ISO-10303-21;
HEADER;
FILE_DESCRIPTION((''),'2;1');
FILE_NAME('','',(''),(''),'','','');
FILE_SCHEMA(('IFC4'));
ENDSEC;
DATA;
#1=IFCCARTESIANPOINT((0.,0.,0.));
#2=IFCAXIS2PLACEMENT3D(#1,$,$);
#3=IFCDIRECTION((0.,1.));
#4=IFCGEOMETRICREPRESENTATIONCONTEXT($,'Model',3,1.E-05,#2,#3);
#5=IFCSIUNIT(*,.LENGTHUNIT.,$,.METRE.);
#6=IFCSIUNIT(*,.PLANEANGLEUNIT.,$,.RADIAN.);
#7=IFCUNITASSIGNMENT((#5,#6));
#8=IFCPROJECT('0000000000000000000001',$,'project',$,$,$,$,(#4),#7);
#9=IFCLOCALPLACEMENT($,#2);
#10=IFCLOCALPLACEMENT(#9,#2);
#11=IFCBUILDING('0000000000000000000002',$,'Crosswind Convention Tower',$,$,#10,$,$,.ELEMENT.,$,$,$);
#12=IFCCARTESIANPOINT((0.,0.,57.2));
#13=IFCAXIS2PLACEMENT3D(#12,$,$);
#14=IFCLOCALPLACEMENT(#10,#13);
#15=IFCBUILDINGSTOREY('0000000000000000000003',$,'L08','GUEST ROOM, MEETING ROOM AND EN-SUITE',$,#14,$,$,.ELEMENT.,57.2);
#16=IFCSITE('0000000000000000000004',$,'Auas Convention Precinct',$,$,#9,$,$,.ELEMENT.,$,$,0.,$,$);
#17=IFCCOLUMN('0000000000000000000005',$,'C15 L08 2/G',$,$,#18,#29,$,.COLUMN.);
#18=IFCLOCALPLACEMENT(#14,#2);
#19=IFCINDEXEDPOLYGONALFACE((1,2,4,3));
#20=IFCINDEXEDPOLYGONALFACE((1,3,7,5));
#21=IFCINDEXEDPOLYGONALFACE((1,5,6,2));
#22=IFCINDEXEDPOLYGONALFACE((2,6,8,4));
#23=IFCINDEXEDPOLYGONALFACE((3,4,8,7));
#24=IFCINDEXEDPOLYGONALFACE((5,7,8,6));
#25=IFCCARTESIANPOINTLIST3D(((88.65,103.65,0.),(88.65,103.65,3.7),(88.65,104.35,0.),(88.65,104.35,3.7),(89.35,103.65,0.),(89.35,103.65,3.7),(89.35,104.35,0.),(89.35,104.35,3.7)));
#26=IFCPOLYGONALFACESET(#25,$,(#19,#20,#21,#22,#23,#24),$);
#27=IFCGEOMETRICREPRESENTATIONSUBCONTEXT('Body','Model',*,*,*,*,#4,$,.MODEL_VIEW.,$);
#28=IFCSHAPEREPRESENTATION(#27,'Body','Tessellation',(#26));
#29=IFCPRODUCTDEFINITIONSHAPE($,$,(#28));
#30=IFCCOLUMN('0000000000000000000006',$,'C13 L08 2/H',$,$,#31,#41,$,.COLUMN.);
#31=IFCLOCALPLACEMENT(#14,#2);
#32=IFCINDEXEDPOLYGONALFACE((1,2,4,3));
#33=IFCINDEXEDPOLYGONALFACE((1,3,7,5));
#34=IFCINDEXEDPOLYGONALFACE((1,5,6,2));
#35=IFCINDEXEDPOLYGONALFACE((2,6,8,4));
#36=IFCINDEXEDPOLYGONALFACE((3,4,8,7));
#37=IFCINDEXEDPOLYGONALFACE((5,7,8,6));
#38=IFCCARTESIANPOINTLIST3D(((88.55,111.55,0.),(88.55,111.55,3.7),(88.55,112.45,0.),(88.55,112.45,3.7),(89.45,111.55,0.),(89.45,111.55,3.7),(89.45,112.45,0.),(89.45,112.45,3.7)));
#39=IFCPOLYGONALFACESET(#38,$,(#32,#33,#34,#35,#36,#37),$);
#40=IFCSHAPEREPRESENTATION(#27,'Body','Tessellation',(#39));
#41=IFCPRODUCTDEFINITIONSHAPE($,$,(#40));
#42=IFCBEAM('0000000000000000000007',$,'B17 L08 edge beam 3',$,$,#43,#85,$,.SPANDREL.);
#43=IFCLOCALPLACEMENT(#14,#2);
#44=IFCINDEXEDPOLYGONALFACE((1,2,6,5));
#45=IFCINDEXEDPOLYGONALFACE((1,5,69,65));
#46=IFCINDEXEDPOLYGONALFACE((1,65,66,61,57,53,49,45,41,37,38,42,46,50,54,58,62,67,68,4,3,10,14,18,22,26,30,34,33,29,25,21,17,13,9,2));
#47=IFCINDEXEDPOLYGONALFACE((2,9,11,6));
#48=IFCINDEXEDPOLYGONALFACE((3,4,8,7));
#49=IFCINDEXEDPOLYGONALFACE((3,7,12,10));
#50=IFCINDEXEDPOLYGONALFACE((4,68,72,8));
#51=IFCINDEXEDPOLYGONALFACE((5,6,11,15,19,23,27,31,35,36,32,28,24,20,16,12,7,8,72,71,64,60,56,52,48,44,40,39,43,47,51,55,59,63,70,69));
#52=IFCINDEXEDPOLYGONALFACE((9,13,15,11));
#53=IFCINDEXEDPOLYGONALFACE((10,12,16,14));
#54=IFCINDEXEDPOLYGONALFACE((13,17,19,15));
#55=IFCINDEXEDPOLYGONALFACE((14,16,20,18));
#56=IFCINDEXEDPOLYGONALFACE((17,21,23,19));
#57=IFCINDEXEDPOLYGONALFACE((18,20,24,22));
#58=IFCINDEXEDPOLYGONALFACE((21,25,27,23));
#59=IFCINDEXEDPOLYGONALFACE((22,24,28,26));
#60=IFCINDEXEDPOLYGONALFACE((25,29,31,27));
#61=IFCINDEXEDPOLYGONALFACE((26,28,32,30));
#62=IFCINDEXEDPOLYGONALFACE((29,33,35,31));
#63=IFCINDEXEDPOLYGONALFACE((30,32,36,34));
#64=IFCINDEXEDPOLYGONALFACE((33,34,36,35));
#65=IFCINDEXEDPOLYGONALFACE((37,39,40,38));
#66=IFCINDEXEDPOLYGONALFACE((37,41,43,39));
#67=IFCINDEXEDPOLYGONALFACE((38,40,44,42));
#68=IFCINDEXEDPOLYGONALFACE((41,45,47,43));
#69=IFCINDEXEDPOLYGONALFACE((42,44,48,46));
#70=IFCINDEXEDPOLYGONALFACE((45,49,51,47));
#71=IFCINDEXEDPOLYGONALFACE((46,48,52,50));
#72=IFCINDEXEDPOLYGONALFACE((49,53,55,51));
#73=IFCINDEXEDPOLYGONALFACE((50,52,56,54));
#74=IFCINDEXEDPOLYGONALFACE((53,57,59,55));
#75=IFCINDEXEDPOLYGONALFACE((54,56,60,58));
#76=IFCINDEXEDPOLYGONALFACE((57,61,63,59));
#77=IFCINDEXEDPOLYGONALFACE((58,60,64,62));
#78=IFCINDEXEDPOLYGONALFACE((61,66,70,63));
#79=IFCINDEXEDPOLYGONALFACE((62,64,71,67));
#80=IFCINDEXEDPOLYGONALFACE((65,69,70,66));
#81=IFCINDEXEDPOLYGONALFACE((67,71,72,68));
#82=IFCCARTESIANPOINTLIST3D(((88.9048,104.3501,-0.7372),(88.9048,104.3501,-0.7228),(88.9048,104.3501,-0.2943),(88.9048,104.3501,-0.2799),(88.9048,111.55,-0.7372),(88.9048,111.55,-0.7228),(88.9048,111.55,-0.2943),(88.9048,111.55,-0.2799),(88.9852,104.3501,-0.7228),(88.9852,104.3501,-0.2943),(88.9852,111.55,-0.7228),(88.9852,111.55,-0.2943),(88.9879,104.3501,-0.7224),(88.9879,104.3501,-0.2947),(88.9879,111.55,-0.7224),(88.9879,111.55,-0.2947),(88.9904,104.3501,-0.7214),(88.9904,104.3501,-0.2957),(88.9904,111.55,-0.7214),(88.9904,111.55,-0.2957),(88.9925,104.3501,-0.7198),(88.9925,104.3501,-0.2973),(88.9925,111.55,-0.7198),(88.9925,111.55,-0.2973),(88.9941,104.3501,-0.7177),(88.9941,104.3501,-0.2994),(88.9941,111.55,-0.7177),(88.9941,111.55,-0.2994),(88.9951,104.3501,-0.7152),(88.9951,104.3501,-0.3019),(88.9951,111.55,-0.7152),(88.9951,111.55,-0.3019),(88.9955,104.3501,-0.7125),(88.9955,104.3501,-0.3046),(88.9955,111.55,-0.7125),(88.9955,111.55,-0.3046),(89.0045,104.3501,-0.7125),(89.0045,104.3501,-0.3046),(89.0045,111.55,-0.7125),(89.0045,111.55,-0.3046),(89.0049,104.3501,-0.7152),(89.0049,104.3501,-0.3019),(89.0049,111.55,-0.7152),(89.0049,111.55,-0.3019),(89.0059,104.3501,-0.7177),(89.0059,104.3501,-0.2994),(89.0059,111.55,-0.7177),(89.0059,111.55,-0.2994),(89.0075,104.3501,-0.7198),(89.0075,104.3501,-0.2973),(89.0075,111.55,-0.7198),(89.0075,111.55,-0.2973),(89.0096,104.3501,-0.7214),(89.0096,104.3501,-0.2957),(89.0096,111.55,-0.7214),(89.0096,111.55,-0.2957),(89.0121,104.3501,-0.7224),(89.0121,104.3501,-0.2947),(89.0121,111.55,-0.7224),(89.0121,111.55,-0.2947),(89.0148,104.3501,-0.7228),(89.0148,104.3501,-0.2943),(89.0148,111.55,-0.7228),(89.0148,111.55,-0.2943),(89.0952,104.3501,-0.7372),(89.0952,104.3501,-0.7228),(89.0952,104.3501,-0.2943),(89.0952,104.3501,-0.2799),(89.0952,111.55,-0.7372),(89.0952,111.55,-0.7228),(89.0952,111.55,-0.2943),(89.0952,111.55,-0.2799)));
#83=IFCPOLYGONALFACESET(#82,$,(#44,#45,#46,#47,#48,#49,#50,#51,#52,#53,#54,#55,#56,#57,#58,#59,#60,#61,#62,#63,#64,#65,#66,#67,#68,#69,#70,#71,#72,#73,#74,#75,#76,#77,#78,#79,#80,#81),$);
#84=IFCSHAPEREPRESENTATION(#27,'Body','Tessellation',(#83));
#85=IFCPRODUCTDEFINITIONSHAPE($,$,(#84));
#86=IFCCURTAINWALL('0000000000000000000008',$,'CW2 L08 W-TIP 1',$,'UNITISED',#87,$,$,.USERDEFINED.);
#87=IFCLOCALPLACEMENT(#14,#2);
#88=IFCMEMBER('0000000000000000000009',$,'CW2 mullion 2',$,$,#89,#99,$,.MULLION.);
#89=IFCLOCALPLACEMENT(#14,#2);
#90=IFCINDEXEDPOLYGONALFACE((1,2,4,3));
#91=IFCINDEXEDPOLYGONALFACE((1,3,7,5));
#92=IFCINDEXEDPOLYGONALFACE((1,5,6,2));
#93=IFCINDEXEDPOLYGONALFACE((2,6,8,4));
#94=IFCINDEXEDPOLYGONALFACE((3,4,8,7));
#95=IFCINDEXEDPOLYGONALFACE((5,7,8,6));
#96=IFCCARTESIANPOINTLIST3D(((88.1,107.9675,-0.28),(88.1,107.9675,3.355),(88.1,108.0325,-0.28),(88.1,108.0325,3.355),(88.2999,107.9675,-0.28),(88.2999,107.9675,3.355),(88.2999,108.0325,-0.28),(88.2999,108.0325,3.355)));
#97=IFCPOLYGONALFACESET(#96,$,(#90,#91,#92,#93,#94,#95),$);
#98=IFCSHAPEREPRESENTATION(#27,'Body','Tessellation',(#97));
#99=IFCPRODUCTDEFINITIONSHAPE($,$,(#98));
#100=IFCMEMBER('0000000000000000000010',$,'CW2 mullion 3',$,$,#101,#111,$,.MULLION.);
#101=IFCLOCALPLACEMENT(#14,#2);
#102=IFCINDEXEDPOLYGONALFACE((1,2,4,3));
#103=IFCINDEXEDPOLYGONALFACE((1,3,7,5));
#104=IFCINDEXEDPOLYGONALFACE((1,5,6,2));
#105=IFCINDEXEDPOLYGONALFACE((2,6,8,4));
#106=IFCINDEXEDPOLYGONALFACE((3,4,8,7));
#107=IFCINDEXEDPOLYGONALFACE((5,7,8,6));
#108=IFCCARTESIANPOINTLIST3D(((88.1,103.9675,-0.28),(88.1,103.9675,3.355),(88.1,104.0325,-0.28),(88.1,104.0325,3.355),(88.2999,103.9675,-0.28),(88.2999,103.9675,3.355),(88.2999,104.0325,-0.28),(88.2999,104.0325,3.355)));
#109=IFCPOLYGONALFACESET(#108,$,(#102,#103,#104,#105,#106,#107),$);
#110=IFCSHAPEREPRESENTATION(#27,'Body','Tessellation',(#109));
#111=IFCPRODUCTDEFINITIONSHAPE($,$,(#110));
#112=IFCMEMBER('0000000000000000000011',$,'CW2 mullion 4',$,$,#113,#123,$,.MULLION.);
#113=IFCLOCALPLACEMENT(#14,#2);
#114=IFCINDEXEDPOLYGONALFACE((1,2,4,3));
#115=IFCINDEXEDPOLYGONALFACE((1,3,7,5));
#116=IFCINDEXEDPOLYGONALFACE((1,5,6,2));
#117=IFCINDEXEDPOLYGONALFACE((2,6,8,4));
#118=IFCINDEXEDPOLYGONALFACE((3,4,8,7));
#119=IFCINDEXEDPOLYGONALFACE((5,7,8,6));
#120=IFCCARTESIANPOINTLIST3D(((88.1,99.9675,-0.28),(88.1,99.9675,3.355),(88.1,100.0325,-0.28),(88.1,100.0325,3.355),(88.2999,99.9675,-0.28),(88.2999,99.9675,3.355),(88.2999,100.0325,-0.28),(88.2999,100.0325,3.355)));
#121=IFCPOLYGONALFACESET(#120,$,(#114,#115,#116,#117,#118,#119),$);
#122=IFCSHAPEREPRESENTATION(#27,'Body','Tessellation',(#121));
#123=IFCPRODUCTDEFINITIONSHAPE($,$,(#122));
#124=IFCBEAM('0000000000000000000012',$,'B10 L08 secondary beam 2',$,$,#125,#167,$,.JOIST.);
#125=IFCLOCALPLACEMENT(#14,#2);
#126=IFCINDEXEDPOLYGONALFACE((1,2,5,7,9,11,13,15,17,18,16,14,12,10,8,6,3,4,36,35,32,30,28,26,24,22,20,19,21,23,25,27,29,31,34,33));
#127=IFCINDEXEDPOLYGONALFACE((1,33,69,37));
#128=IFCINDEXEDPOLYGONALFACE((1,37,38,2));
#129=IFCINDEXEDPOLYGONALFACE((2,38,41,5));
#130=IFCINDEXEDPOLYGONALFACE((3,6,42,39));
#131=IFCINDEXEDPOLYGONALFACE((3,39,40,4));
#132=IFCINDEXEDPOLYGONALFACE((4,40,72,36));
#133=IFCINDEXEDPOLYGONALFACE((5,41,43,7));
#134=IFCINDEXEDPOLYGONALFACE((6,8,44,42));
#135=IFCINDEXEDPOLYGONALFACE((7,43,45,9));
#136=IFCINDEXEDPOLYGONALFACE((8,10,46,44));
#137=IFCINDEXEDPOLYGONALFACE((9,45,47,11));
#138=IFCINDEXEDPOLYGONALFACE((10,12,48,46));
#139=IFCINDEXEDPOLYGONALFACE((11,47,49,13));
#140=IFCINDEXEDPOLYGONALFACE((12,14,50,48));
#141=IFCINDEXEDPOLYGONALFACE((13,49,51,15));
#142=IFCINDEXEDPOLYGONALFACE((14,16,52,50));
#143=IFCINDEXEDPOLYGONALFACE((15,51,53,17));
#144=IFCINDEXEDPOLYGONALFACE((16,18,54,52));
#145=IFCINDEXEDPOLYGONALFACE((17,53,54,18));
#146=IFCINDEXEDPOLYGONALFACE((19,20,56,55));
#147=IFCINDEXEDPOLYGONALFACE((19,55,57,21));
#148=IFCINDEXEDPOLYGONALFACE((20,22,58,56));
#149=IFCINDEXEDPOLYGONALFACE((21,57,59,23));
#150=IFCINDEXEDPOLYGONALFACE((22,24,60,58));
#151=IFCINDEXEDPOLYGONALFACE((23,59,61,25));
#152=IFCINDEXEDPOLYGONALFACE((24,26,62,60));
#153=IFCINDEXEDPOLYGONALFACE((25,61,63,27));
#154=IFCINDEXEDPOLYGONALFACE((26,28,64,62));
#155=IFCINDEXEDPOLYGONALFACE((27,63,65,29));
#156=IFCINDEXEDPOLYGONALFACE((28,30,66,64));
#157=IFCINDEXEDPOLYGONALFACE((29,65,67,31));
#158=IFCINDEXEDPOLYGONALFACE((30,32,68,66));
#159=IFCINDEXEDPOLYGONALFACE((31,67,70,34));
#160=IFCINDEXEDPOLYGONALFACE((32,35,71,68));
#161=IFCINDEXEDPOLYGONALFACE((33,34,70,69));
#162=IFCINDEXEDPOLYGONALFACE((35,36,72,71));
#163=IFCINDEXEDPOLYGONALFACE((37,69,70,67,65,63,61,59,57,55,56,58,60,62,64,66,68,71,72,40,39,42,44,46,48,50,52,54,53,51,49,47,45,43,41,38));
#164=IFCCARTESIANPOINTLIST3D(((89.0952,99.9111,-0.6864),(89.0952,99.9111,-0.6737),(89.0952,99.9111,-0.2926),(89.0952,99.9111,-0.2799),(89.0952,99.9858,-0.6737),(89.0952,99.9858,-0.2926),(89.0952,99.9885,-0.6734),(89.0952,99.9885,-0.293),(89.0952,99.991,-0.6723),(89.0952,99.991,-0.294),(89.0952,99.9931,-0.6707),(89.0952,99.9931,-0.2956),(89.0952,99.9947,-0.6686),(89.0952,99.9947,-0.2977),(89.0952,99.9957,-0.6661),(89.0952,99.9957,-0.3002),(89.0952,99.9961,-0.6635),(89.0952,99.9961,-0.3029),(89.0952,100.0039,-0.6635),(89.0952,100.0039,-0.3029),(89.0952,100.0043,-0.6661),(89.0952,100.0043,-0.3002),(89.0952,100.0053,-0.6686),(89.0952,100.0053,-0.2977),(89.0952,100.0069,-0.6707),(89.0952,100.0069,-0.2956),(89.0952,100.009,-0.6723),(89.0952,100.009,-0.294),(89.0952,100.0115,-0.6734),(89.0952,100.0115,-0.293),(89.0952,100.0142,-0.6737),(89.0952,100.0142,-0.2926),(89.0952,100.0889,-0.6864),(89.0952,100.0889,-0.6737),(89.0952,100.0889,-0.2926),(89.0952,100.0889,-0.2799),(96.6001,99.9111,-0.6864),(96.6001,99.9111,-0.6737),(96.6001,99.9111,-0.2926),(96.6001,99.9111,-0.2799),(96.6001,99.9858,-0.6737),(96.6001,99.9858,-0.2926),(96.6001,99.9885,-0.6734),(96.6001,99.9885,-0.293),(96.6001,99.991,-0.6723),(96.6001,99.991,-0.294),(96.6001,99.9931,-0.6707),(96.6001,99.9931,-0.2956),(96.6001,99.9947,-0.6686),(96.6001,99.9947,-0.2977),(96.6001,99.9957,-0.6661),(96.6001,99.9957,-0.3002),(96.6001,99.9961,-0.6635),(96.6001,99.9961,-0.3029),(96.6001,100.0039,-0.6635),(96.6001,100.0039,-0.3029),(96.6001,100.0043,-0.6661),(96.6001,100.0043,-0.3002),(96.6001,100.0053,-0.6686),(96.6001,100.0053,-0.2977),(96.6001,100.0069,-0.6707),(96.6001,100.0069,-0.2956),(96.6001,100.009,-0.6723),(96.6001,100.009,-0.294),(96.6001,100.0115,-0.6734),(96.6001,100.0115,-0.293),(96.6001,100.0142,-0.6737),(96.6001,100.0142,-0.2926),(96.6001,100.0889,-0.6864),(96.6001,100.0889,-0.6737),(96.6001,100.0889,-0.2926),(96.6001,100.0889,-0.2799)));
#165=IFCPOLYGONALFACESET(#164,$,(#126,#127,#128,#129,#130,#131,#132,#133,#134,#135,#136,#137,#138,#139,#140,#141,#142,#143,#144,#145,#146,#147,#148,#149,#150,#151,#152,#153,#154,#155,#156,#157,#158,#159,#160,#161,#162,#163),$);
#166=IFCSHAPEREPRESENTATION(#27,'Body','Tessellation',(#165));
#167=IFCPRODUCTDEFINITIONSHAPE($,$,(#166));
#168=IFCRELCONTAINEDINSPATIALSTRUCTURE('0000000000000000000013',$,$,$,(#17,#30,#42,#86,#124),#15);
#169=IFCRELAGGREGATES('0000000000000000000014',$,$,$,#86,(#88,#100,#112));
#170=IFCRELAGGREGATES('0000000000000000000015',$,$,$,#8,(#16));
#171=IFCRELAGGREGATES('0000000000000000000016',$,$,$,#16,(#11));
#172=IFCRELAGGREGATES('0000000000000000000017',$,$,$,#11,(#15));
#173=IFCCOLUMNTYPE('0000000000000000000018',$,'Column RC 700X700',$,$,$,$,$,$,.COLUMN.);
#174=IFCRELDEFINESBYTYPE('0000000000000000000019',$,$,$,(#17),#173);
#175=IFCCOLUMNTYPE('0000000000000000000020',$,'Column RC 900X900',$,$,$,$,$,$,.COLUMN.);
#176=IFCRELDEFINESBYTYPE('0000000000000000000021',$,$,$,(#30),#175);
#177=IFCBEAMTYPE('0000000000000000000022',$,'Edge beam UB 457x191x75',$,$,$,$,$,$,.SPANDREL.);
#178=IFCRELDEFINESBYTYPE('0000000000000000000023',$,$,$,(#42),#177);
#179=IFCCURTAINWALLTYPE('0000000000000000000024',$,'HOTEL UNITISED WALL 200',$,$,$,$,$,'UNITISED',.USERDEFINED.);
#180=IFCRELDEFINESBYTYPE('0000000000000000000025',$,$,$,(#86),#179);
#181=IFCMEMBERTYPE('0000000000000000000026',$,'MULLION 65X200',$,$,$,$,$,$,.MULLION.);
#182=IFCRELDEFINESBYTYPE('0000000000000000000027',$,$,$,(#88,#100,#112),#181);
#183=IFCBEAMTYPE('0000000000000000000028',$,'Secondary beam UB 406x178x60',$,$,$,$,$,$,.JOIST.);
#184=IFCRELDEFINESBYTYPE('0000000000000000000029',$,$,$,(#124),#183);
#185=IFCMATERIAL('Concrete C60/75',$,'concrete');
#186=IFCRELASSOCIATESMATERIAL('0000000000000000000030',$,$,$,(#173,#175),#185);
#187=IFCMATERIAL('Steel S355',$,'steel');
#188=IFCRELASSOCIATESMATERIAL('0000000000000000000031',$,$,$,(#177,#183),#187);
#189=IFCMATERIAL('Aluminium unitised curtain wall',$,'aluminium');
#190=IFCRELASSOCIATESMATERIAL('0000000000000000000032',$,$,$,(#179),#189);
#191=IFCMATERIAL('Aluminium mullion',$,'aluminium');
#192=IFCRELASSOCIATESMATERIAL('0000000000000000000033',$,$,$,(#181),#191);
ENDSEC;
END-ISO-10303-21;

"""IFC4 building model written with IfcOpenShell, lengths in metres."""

from ifc_helpers import new_model, si_unit, direction, frame, origin, origin_2d, place, context, subcontext, project, spatial, rectangle, i_section, extrude, material, material_profile, profile_set, type_object, element, aggregate, save


model = new_model("IFC4")

# Units and contexts
model_context = context("Model", 3, precision=1e-05, world=origin(), true_north=direction((0.0, 1.0)))
body_context = subcontext(model_context, "Body", "Model", "MODEL_VIEW")
ifc_project = project(units=[si_unit("LENGTHUNIT", "METRE"), si_unit("PLANEANGLEUNIT", "RADIAN")], contexts=[model_context])

# Site, building, storey
site_placement = place(None, origin())
site = spatial("IfcSite", under=ifc_project, at=site_placement, Name="Auas Convention Precinct", CompositionType="ELEMENT", RefElevation=0.0)
building_placement = place(site_placement, origin())
building = spatial("IfcBuilding", under=site, at=building_placement, Name="Crosswind Convention Tower", CompositionType="ELEMENT")
storey_placement = place(building_placement, frame((0.0, 0.0, 57.2)))
storey = spatial("IfcBuildingStorey", under=building, at=storey_placement, Name="L08", Description="GUEST ROOM, MEETING ROOM AND EN-SUITE", CompositionType="ELEMENT", Elevation=57.2)

# Columns
ifc_material_1 = material(Name="Concrete C60/75", Category="concrete")
ifc_material_profile_1 = material_profile(ifc_material_1, rectangle(XDim=0.7, YDim=0.7, at=origin_2d()), Name="RC 700X700")
ifc_profile_set_1 = profile_set([ifc_material_profile_1], Name="Concrete C60/75")
column_type_1 = type_object("IfcColumnType", Name="Column RC 700X700", PredefinedType="COLUMN", material=ifc_profile_set_1)
column_1_placement = place(storey_placement, frame((89.0, 104.0, 0.0), z_axis=(0.0, 0.0, 1.0), x_axis=(1.0, 0.0, 0.0)))
element("IfcColumn", 1, at=column_1_placement, inside=storey, type_object=column_type_1, Name="C15 L08 2/G", PredefinedType="COLUMN", context=body_context, shape_type="SweptSolid", body=[
    extrude(rectangle(XDim=0.7, YDim=0.7, at=origin_2d()), origin(), (0.0, 0.0, 1.0), 3.7),
])
ifc_material_profile_2 = material_profile(ifc_material_1, rectangle(XDim=0.8999, YDim=0.8999, at=origin_2d()), Name="RC 900X900")
ifc_profile_set_2 = profile_set([ifc_material_profile_2], Name="Concrete C60/75")
column_type_2 = type_object("IfcColumnType", Name="Column RC 900X900", PredefinedType="COLUMN", material=ifc_profile_set_2)
column_2_placement = place(storey_placement, frame((89.0, 112.0, 0.0), z_axis=(0.0, 0.0, 1.0), x_axis=(1.0, 0.0, 0.0)))
element("IfcColumn", 2, at=column_2_placement, inside=storey, type_object=column_type_2, Name="C13 L08 2/H", PredefinedType="COLUMN", context=body_context, shape_type="SweptSolid", body=[
    extrude(rectangle(XDim=0.8999, YDim=0.8999, at=origin_2d()), origin(), (0.0, 0.0, 1.0), 3.7),
])

# Beam
ifc_material_2 = material(Name="Steel S355", Category="steel")
ifc_material_profile_3 = material_profile(ifc_material_2, i_section(OverallWidth=0.1904, OverallDepth=0.4573, WebThickness=0.009, FlangeThickness=0.0144, FilletRadius=0.0103, at=origin_2d()), Name="UB 457x191x75")
ifc_profile_set_3 = profile_set([ifc_material_profile_3], Name="Steel S355")
beam_type_1 = type_object("IfcBeamType", Name="Edge beam UB 457x191x75", PredefinedType="SPANDREL", material=ifc_profile_set_3)
beam_placement = place(storey_placement, frame((89.0, 104.3501, -0.5085), z_axis=(0.0, 1.0, 0.0), x_axis=(-1.0, 0.0, 0.0)))
element("IfcBeam", 3, at=beam_placement, inside=storey, type_object=beam_type_1, Name="B17 L08 edge beam 3", PredefinedType="SPANDREL", context=body_context, shape_type="SweptSolid", body=[
    extrude(i_section(OverallWidth=0.1904, OverallDepth=0.4573, WebThickness=0.009, FlangeThickness=0.0144, FilletRadius=0.0103, at=origin_2d()), origin(), (0.0, 0.0, 1.0), 7.2),
])

# Curtain wall, members
ifc_material_3 = material(Name="Aluminium unitised curtain wall", Category="aluminium")
curtain_wall_type = type_object("IfcCurtainWallType", Name="HOTEL UNITISED WALL 200", ElementType="UNITISED", PredefinedType="USERDEFINED", material=ifc_material_3)
curtain_wall_placement = place(storey_placement, origin())
curtain_wall = element("IfcCurtainWall", 4, at=curtain_wall_placement, inside=storey, type_object=curtain_wall_type, Name="CW2 L08 W-TIP 1", ObjectType="UNITISED", PredefinedType="USERDEFINED")
ifc_material_4 = material(Name="Aluminium mullion", Category="aluminium")
ifc_material_profile_4 = material_profile(ifc_material_4, rectangle(XDim=0.2, YDim=0.0649, at=origin_2d()), Name="AL 200X65")
ifc_profile_set_4 = profile_set([ifc_material_profile_4], Name="Aluminium mullion")
member_type = type_object("IfcMemberType", Name="MULLION 65X200", PredefinedType="MULLION", material=ifc_profile_set_4)
member_1_placement = place(storey_placement, frame((88.2, 108.0, -0.28), z_axis=(0.0, 0.0, 1.0), x_axis=(-1.0, 0.0, 0.0)))
member_1 = element("IfcMember", 5, at=member_1_placement, type_object=member_type, Name="CW2 mullion 2", PredefinedType="MULLION", context=body_context, shape_type="SweptSolid", body=[
    extrude(rectangle(XDim=0.2, YDim=0.0649, at=origin_2d()), origin(), (0.0, 0.0, 1.0), 3.635),
])
member_2_placement = place(storey_placement, frame((88.2, 104.0, -0.28), z_axis=(0.0, 0.0, 1.0), x_axis=(-1.0, 0.0, 0.0)))
member_2 = element("IfcMember", 6, at=member_2_placement, type_object=member_type, Name="CW2 mullion 3", PredefinedType="MULLION", context=body_context, shape_type="SweptSolid", body=[
    extrude(rectangle(XDim=0.2, YDim=0.0649, at=origin_2d()), origin(), (0.0, 0.0, 1.0), 3.635),
])
member_3_placement = place(storey_placement, frame((88.2, 100.0, -0.28), z_axis=(0.0, 0.0, 1.0), x_axis=(-1.0, 0.0, 0.0)))
member_3 = element("IfcMember", 7, at=member_3_placement, type_object=member_type, Name="CW2 mullion 4", PredefinedType="MULLION", context=body_context, shape_type="SweptSolid", body=[
    extrude(rectangle(XDim=0.2, YDim=0.0649, at=origin_2d()), origin(), (0.0, 0.0, 1.0), 3.635),
])

# Beam
ifc_material_profile_5 = material_profile(ifc_material_2, i_section(OverallWidth=0.1777, OverallDepth=0.4065, WebThickness=0.0078, FlangeThickness=0.0127, FilletRadius=0.0103, at=origin_2d()), Name="UB 406x178x60")
ifc_profile_set_5 = profile_set([ifc_material_profile_5], Name="Steel S355")
beam_type_2 = type_object("IfcBeamType", Name="Secondary beam UB 406x178x60", PredefinedType="JOIST", material=ifc_profile_set_5)
for number, where, z_axis, x_axis, name in (
    (8, (89.0952, 100.0, -0.4832), (1.0, 0.0, 0.0), (0.0, 1.0, 0.0), "B10 L08 secondary beam 2"),
):
    element("IfcBeam", number, at=place(storey_placement, frame(where, z_axis=z_axis, x_axis=x_axis)), inside=storey, type_object=beam_type_2, Name=name, PredefinedType="JOIST", context=body_context, shape_type="SweptSolid", body=[
        extrude(i_section(OverallWidth=0.1777, OverallDepth=0.4065, WebThickness=0.0078, FlangeThickness=0.0127, FilletRadius=0.0103, at=origin_2d()), origin(), (0.0, 0.0, 1.0), 7.5049),
    ])

aggregate(curtain_wall, [member_1, member_2, member_3])

save(model, "model.ifc")
